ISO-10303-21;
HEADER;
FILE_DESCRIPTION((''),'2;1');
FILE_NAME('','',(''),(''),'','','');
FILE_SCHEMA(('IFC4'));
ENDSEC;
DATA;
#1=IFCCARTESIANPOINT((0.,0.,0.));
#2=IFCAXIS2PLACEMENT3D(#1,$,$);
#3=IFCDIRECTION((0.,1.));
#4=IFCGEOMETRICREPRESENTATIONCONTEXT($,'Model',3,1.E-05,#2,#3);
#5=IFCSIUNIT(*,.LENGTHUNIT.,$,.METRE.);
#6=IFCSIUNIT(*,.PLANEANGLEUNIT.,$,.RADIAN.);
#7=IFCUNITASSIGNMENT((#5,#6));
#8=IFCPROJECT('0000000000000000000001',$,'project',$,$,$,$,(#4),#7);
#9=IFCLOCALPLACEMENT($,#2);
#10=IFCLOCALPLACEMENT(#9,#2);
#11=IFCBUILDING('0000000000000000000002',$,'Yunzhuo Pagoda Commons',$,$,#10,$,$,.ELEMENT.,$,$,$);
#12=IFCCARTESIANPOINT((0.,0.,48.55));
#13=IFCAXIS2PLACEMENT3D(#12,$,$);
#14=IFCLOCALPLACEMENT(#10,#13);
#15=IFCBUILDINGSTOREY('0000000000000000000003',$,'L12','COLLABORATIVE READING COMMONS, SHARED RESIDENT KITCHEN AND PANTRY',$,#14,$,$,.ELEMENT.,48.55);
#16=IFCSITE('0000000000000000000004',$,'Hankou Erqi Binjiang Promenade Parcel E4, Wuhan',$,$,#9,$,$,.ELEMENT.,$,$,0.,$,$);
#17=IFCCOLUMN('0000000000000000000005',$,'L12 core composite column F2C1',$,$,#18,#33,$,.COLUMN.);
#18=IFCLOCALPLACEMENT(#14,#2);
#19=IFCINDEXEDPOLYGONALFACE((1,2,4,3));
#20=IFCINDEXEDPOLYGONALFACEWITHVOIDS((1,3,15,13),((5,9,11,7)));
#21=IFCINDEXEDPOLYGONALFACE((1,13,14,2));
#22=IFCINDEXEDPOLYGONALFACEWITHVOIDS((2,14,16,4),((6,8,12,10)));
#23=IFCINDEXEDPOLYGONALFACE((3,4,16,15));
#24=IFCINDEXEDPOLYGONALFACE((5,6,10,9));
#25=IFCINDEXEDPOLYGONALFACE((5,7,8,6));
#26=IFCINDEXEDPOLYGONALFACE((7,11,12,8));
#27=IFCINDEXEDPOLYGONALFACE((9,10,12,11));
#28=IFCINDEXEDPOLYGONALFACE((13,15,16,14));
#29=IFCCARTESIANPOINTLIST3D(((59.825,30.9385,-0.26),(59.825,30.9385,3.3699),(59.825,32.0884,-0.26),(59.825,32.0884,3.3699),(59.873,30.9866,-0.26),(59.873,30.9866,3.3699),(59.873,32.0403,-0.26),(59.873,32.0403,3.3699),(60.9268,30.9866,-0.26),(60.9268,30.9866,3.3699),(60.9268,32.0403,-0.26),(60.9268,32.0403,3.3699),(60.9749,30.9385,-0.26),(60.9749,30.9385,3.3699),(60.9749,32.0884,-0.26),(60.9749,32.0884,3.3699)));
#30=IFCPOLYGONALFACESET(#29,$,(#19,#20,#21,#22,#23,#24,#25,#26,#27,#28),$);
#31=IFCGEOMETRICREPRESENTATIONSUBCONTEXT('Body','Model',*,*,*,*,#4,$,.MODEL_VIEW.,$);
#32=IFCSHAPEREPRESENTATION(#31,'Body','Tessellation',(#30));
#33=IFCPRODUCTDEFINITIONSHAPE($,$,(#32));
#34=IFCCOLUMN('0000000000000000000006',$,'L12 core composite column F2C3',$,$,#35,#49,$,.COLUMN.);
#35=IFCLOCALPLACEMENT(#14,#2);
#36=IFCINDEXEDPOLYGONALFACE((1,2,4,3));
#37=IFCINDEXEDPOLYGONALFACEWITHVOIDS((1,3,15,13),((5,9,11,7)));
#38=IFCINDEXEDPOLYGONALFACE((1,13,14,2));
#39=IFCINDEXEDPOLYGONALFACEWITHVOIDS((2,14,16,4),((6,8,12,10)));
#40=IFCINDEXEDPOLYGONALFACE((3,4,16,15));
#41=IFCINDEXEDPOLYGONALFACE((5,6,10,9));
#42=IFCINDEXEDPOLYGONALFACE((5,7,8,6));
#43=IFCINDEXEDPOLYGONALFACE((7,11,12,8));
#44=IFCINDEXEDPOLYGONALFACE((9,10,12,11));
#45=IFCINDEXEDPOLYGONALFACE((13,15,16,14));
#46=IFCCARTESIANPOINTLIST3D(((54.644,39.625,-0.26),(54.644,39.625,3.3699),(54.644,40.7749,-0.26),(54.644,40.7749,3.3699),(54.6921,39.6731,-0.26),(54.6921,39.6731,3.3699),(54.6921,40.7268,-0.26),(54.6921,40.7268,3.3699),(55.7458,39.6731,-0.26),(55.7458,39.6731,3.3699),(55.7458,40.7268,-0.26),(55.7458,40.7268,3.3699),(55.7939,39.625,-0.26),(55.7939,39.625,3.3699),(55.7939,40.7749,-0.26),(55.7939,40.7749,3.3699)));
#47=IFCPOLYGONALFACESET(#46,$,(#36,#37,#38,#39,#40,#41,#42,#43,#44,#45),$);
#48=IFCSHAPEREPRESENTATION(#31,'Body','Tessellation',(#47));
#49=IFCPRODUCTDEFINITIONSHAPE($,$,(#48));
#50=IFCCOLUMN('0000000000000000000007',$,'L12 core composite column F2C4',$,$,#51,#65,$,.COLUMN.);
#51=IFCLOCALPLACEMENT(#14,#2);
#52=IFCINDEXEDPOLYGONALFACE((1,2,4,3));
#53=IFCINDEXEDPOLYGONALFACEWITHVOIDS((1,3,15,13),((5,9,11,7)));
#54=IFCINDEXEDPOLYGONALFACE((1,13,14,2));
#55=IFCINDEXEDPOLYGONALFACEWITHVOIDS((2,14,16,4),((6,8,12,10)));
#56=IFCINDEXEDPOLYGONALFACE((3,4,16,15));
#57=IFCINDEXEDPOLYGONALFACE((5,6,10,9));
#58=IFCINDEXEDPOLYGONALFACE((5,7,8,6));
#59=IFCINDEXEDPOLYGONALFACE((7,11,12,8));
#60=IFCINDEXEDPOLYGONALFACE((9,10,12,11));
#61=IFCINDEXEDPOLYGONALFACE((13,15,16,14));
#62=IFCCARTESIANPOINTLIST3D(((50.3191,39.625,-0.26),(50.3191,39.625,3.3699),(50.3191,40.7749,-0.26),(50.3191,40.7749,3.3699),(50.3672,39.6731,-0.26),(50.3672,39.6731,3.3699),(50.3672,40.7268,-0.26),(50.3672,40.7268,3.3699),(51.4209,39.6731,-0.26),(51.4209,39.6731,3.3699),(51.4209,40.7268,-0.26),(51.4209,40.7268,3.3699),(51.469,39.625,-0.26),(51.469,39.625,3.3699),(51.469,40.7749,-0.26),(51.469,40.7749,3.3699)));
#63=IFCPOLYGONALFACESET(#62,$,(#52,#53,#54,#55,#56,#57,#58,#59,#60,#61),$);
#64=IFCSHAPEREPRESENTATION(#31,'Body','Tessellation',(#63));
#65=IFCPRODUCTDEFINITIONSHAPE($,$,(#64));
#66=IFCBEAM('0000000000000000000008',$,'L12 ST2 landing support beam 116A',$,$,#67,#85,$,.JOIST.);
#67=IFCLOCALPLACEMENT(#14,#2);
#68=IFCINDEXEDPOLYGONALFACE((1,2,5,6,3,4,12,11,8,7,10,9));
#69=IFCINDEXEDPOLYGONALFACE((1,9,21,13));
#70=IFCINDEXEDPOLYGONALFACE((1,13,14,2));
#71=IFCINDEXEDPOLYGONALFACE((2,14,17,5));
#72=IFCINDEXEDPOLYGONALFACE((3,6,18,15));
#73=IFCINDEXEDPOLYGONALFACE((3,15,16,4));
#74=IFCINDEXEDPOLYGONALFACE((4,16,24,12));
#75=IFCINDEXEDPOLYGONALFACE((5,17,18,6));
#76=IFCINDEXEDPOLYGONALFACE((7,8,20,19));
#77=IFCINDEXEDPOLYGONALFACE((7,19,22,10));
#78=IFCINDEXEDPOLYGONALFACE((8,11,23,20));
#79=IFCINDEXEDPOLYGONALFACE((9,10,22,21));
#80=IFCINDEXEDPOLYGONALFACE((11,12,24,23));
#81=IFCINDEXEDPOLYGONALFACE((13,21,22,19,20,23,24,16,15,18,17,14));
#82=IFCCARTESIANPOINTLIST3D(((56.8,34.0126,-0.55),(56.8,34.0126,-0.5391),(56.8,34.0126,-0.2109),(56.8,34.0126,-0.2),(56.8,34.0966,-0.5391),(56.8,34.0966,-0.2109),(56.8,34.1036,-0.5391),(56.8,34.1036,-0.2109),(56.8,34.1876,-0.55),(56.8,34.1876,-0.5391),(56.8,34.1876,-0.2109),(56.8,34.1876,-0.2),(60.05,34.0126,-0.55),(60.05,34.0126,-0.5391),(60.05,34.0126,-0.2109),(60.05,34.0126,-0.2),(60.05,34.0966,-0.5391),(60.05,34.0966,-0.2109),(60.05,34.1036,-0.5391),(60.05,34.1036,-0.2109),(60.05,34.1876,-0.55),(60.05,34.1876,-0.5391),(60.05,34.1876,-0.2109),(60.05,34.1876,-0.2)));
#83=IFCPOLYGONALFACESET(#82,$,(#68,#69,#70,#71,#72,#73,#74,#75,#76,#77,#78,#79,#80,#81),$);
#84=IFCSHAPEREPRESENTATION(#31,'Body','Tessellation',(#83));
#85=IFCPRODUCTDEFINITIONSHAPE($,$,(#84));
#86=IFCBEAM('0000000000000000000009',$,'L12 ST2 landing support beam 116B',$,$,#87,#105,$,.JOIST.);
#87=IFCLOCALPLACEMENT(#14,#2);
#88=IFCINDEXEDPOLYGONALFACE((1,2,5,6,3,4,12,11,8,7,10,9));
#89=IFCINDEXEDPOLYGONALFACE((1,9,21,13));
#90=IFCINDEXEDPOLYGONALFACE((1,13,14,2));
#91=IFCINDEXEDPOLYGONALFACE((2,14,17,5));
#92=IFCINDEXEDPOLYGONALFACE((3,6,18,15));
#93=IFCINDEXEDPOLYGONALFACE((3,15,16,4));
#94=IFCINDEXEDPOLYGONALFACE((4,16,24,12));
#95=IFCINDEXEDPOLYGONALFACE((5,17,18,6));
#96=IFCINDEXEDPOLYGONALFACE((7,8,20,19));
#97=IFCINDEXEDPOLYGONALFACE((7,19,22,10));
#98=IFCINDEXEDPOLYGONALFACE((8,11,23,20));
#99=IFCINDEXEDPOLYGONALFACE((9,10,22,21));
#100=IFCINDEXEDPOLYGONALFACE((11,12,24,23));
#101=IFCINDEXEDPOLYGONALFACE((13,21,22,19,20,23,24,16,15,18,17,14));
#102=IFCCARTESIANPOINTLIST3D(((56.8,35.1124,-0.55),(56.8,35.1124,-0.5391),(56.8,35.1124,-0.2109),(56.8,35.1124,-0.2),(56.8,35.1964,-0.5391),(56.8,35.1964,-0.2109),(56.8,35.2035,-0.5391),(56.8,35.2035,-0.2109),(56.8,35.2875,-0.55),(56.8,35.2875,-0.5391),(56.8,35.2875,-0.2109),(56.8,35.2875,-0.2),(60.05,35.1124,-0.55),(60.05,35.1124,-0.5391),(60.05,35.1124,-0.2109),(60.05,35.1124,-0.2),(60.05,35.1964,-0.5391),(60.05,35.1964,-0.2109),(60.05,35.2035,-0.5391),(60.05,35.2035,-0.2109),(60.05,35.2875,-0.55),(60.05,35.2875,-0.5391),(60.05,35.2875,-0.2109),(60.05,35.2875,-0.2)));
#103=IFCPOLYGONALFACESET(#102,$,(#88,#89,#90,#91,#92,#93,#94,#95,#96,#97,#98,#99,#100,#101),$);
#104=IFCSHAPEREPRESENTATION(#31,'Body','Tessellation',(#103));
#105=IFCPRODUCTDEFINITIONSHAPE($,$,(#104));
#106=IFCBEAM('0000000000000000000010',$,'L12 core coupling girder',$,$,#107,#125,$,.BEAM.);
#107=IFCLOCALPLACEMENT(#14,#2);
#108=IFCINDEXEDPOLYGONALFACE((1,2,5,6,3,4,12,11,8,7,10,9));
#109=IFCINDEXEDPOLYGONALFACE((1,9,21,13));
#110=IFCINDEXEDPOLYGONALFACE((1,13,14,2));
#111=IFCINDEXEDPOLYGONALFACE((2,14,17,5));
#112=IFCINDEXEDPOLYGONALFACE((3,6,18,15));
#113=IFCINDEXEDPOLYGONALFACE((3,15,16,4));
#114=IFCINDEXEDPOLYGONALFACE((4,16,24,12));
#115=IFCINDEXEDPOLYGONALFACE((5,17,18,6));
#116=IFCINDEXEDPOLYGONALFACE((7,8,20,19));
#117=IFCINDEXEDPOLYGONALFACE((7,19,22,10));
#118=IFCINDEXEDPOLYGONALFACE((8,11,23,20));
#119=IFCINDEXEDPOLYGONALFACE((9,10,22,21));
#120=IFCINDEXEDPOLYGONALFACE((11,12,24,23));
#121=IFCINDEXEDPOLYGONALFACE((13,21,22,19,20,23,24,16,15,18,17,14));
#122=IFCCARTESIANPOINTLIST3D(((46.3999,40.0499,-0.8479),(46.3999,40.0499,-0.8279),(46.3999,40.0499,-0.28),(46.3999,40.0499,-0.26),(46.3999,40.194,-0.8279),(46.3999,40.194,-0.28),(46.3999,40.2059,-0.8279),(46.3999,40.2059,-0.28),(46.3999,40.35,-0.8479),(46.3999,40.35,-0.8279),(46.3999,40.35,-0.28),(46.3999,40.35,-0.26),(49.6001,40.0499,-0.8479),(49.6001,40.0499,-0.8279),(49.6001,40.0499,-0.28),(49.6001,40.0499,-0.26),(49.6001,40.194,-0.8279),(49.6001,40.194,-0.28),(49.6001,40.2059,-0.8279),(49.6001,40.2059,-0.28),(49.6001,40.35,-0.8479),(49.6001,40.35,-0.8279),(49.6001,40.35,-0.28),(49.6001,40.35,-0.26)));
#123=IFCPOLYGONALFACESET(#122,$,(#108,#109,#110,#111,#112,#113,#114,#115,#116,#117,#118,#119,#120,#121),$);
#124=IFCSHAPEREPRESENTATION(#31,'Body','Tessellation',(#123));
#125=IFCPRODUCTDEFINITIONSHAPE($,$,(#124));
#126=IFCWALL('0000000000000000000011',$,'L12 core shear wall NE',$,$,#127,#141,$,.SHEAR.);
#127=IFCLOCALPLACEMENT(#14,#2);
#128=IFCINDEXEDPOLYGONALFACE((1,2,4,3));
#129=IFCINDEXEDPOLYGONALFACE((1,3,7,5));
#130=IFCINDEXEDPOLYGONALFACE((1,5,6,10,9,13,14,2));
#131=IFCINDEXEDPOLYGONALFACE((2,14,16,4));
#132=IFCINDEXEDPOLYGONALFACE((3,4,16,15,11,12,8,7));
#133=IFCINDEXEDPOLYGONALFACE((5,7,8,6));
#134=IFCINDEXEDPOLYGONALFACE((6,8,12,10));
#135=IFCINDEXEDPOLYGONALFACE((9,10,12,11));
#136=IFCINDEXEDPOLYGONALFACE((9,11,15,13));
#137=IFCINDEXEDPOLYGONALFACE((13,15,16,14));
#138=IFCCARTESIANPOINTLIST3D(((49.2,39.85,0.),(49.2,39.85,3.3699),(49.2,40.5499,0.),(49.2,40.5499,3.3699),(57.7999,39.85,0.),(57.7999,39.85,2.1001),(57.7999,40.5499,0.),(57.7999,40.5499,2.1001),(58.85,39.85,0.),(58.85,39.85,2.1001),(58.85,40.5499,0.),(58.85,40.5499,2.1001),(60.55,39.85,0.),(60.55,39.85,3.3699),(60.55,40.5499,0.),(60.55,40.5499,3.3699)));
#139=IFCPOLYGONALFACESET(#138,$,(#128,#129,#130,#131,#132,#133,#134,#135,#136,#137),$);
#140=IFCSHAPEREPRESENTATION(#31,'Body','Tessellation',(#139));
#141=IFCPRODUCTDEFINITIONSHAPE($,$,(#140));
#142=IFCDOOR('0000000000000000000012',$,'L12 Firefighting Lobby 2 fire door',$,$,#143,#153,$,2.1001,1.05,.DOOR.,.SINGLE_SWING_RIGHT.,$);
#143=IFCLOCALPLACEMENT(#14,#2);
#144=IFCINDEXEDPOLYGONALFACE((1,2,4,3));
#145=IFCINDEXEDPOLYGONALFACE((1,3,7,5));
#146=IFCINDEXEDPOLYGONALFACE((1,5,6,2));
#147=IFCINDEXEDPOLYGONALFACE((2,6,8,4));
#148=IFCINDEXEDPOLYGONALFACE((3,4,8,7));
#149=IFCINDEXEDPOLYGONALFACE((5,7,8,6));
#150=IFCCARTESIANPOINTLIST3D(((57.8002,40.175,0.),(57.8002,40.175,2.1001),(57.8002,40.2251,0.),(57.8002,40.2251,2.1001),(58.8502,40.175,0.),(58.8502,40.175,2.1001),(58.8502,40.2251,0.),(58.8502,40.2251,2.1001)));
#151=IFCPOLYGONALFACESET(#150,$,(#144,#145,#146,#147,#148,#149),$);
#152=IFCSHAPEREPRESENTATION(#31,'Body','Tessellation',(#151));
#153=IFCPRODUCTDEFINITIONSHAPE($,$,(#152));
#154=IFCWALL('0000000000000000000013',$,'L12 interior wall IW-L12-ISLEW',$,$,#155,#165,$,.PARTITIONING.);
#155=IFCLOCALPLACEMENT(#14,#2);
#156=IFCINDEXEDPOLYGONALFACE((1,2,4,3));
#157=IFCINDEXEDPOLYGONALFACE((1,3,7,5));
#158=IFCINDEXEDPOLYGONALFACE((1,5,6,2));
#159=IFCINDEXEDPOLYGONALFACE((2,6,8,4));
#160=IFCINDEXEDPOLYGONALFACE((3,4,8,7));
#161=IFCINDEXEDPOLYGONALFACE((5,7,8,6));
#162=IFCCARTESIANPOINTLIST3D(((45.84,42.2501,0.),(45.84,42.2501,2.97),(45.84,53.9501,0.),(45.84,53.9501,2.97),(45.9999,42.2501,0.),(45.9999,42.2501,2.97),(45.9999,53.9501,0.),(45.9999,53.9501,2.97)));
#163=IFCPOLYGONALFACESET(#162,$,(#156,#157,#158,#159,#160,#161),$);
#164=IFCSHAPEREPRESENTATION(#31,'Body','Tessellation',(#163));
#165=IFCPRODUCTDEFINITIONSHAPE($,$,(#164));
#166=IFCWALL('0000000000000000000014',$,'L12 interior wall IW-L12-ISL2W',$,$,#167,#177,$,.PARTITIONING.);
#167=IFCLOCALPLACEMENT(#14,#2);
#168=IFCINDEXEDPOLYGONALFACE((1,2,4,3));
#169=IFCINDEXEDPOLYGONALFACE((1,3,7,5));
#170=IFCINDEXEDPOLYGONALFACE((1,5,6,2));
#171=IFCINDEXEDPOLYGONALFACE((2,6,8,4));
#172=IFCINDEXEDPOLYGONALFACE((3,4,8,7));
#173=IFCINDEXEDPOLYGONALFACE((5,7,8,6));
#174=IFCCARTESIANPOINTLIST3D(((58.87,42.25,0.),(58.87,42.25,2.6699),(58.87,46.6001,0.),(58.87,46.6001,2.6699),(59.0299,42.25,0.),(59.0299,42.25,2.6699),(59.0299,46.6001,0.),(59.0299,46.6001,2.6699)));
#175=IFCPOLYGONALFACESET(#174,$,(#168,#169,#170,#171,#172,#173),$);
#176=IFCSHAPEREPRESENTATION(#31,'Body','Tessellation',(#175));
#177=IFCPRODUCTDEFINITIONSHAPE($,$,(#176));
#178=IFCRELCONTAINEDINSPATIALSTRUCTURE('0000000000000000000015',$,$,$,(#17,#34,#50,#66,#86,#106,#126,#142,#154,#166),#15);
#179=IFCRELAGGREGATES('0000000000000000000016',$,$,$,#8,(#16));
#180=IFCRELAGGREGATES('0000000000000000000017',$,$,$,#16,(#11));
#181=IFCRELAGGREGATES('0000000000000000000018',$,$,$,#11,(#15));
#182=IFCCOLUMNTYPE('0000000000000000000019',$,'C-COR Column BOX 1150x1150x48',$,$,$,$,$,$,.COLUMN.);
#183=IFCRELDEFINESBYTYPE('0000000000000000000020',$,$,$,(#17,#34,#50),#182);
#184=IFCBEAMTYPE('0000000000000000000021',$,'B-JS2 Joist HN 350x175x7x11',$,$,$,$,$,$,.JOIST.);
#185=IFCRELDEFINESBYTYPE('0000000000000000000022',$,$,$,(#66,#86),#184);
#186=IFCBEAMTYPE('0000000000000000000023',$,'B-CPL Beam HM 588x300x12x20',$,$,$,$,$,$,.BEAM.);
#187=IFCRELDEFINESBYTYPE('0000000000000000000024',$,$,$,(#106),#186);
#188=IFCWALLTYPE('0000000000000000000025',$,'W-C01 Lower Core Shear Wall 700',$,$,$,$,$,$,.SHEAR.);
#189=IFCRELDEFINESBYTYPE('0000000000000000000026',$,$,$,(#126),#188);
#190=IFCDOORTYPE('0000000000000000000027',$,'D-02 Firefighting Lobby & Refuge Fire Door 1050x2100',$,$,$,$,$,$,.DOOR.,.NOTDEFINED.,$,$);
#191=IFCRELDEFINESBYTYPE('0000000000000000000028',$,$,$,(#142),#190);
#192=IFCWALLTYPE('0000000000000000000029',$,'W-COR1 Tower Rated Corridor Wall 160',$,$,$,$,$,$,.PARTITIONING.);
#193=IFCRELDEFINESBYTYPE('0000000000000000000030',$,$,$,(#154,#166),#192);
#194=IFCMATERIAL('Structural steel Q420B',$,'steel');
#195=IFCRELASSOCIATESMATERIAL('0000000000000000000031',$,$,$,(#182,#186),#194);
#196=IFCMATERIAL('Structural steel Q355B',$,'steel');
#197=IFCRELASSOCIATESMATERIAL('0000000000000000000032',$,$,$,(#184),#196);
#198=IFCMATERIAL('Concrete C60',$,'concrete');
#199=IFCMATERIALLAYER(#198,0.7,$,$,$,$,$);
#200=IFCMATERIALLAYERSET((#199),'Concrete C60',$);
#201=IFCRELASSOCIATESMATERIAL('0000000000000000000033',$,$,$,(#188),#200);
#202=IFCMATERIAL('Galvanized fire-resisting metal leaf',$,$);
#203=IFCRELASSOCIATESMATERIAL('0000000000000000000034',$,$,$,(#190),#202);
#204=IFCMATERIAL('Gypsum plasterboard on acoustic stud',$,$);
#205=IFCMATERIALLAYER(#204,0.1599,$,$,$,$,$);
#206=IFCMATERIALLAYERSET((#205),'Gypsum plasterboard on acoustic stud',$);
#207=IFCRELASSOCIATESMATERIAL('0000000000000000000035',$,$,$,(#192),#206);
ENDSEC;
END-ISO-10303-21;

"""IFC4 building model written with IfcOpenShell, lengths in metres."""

from ifc_helpers import new_model, si_unit, direction, frame, frame_2d, origin, origin_2d, place, context, subcontext, project, spatial, rectangle, hollow_rectangle, i_section, extrude, source, transform, mapped, material, layer, layer_set, material_profile, profile_set, type_object, element, fill, save


model = new_model("IFC4")

# Units and contexts
model_context = context("Model", 3, precision=1e-05, world=origin(), true_north=direction((0.0, 1.0)))
body_context = subcontext(model_context, "Body", "Model", "MODEL_VIEW")
ifc_project = project(units=[si_unit("LENGTHUNIT", "METRE"), si_unit("PLANEANGLEUNIT", "RADIAN")], contexts=[model_context])

# Site, building, storey
site_placement = place(None, origin())
site = spatial("IfcSite", under=ifc_project, at=site_placement, Name="Hankou Erqi Binjiang Promenade Parcel E4, Wuhan", CompositionType="ELEMENT", RefElevation=0.0)
building_placement = place(site_placement, origin())
building = spatial("IfcBuilding", under=site, at=building_placement, Name="Yunzhuo Pagoda Commons", CompositionType="ELEMENT")
storey_placement = place(building_placement, frame((0.0, 0.0, 48.55)))
storey = spatial("IfcBuildingStorey", under=building, at=storey_placement, Name="L12", Description="COLLABORATIVE READING COMMONS, SHARED RESIDENT KITCHEN AND PANTRY", CompositionType="ELEMENT", Elevation=48.55)

# Columns
ifc_material_1 = material(Name="Structural steel Q420B", Category="steel")
ifc_material_profile_1 = material_profile(ifc_material_1, hollow_rectangle(XDim=1.1499, YDim=1.1499, WallThickness=0.0481, at=origin_2d()), Name="Structural steel Q420B")
ifc_profile_set_1 = profile_set([ifc_material_profile_1], Name="Structural steel Q420B")
column_type = type_object("IfcColumnType", Name="C-COR Column BOX 1150x1150x48", PredefinedType="COLUMN", material=ifc_profile_set_1)
shared_shape_1 = source(origin(), body_context, "Body", "SweptSolid", [
    extrude(hollow_rectangle(XDim=1.1499, YDim=1.1499, WallThickness=0.0481, at=origin_2d()), origin(), (0.0, 0.0, 1.0), 3.6299),
])
for number, where, z_axis, x_axis, name in (
    (1, (60.3999, 31.5134, -0.26), (0.0, 0.0, 1.0), (1.0, 0.0, 0.0), "L12 core composite column F2C1"),
    (2, (55.219, 40.2, -0.26), (0.0, 0.0, 1.0), (1.0, 0.0, 0.0), "L12 core composite column F2C3"),
    (3, (50.894, 40.2, -0.26), (0.0, 0.0, 1.0), (1.0, 0.0, 0.0), "L12 core composite column F2C4"),
):
    element("IfcColumn", number, at=place(storey_placement, frame(where, z_axis=z_axis, x_axis=x_axis)), inside=storey, type_object=column_type, Name=name, PredefinedType="COLUMN", context=body_context, shape_type="MappedRepresentation", body=[
        mapped(shared_shape_1, transform((0.0, 0.0, 0.0), scale=1.0)),
    ])

# Beams
ifc_material_2 = material(Name="Structural steel Q355B", Category="steel")
ifc_material_profile_2 = material_profile(ifc_material_2, i_section(OverallWidth=0.175, OverallDepth=0.3501, WebThickness=0.0071, FlangeThickness=0.011, at=origin_2d()), Name="Structural steel Q355B")
ifc_profile_set_2 = profile_set([ifc_material_profile_2], Name="Structural steel Q355B")
beam_type_1 = type_object("IfcBeamType", Name="B-JS2 Joist HN 350x175x7x11", PredefinedType="JOIST", material=ifc_profile_set_2)
shared_shape_2 = source(origin(), body_context, "Body", "SweptSolid", [
    extrude(i_section(OverallWidth=0.175, OverallDepth=0.3501, WebThickness=0.0071, FlangeThickness=0.011, at=origin_2d()), origin(), (0.0, 0.0, 1.0), 3.25),
])
for number, where, z_axis, x_axis, name in (
    (4, (56.8, 34.1001, -0.375), (1.0, 0.0, 0.0), (0.0, 1.0, 0.0), "L12 ST2 landing support beam 116A"),
    (5, (56.8, 35.2, -0.375), (1.0, 0.0, 0.0), (0.0, 1.0, 0.0), "L12 ST2 landing support beam 116B"),
):
    element("IfcBeam", number, at=place(storey_placement, frame(where, z_axis=z_axis, x_axis=x_axis)), inside=storey, type_object=beam_type_1, Name=name, PredefinedType="JOIST", context=body_context, shape_type="MappedRepresentation", body=[
        mapped(shared_shape_2, transform((0.0, 0.0, 0.0), scale=1.0)),
    ])
ifc_material_profile_3 = material_profile(ifc_material_1, i_section(OverallWidth=0.3, OverallDepth=0.5879, WebThickness=0.012, FlangeThickness=0.02, at=origin_2d()), Name="Structural steel Q420B")
ifc_profile_set_3 = profile_set([ifc_material_profile_3], Name="Structural steel Q420B")
beam_type_2 = type_object("IfcBeamType", Name="B-CPL Beam HM 588x300x12x20", PredefinedType="BEAM", material=ifc_profile_set_3)
shared_shape_3 = source(origin(), body_context, "Body", "SweptSolid", [
    extrude(i_section(OverallWidth=0.3, OverallDepth=0.5879, WebThickness=0.012, FlangeThickness=0.02, at=origin_2d()), origin(), (0.0, 0.0, 1.0), 3.2002),
])
beam_placement = place(storey_placement, frame((46.3999, 40.2, -0.554), z_axis=(1.0, 0.0, 0.0), x_axis=(0.0, 1.0, 0.0)))
element("IfcBeam", 6, at=beam_placement, inside=storey, type_object=beam_type_2, Name="L12 core coupling girder", PredefinedType="BEAM", context=body_context, shape_type="MappedRepresentation", body=[
    mapped(shared_shape_3, transform((0.0, 0.0, 0.0), scale=1.0)),
])

# Wall, opening, door
ifc_material_3 = material(Name="Concrete C60", Category="concrete")
ifc_layer_1 = layer(ifc_material_3, 0.7)
ifc_layer_set_1 = layer_set([ifc_layer_1], Name="Concrete C60")
wall_type_1 = type_object("IfcWallType", Name="W-C01 Lower Core Shear Wall 700", PredefinedType="SHEAR", material=ifc_layer_set_1)
wall_1_placement = place(storey_placement, frame((49.2, 40.2, 0.0), z_axis=(0.0, 0.0, 1.0), x_axis=(1.0, 0.0, 0.0)))
wall_1 = element("IfcWall", 7, at=wall_1_placement, inside=storey, type_object=wall_type_1, Name="L12 core shear wall NE", PredefinedType="SHEAR", context=body_context, shape_type="SweptSolid", body=[
    extrude(rectangle(XDim=11.3501, YDim=0.7, at=frame_2d((5.675, 0.0))), origin(), (0.0, 0.0, 1.0), 3.3699),
])
opening_1_placement = place(wall_1_placement, frame((8.6001, 0.0, 0.0)))
opening_1 = element("IfcOpeningElement", 8, at=opening_1_placement, cuts=wall_1, PredefinedType="OPENING", context=body_context, shape_type="SweptSolid", body=[
    extrude(rectangle(XDim=1.05, YDim=2.1001, at=frame_2d((0.5249, 1.05))), frame((0.0, 0.3599, 0.0), z_axis=(0.0, -1.0, 0.0), x_axis=(1.0, 0.0, 0.0)), (0.0, 0.0, 1.0), 0.72),
])
ifc_material_4 = material(Name="Galvanized fire-resisting metal leaf")
door_type_1 = type_object("IfcDoorType", Name="D-02 Firefighting Lobby & Refuge Fire Door 1050x2100", OperationType="NOTDEFINED", PredefinedType="DOOR", material=ifc_material_4)
shared_shape_4 = source(origin(), body_context, "Body", "SweptSolid", [
    extrude(rectangle(XDim=1.05, YDim=2.1001, at=frame_2d((0.5249, 1.05))), frame((0.0, 0.0249, 0.0), z_axis=(0.0, -1.0, 0.0), x_axis=(1.0, 0.0, 0.0)), (0.0, 0.0, 1.0), 0.05),
])
door_1_placement = place(opening_1_placement, frame((1.05, 0.0, 0.0), z_axis=(0.0, 0.0, 1.0), x_axis=(-1.0, 0.0, 0.0)))
door_1 = element("IfcDoor", 9, at=door_1_placement, inside=storey, type_object=door_type_1, Name="L12 Firefighting Lobby 2 fire door", OperationType="SINGLE_SWING_RIGHT", OverallHeight=2.1001, OverallWidth=1.05, PredefinedType="DOOR", context=body_context, shape_type="MappedRepresentation", body=[
    mapped(shared_shape_4, transform((0.0, 0.0, 0.0), scale=1.0)),
])
fill(opening_1, door_1)

# Walls
ifc_material_5 = material(Name="Gypsum plasterboard on acoustic stud")
ifc_layer_2 = layer(ifc_material_5, 0.1599)
ifc_layer_set_2 = layer_set([ifc_layer_2], Name="Gypsum plasterboard on acoustic stud")
wall_type_2 = type_object("IfcWallType", Name="W-COR1 Tower Rated Corridor Wall 160", PredefinedType="PARTITIONING", material=ifc_layer_set_2)
wall_2_placement = place(storey_placement, frame((45.9199, 42.25, 0.0), z_axis=(0.0, 0.0, 1.0), x_axis=(0.0, 1.0, 0.0)))
element("IfcWall", 10, at=wall_2_placement, inside=storey, type_object=wall_type_2, Name="L12 interior wall IW-L12-ISLEW", PredefinedType="PARTITIONING", context=body_context, shape_type="SweptSolid", body=[
    extrude(rectangle(XDim=11.7, YDim=0.1599, at=frame_2d((5.8501, 0.0))), origin(), (0.0, 0.0, 1.0), 2.97),
])
wall_3_placement = place(storey_placement, frame((58.95, 42.25, 0.0), z_axis=(0.0, 0.0, 1.0), x_axis=(0.0, 1.0, 0.0)))
element("IfcWall", 11, at=wall_3_placement, inside=storey, type_object=wall_type_2, Name="L12 interior wall IW-L12-ISL2W", PredefinedType="PARTITIONING", context=body_context, shape_type="SweptSolid", body=[
    extrude(rectangle(XDim=4.3501, YDim=0.1599, at=frame_2d((2.175, 0.0))), origin(), (0.0, 0.0, 1.0), 2.6699),
])

save(model, "model.ifc")
